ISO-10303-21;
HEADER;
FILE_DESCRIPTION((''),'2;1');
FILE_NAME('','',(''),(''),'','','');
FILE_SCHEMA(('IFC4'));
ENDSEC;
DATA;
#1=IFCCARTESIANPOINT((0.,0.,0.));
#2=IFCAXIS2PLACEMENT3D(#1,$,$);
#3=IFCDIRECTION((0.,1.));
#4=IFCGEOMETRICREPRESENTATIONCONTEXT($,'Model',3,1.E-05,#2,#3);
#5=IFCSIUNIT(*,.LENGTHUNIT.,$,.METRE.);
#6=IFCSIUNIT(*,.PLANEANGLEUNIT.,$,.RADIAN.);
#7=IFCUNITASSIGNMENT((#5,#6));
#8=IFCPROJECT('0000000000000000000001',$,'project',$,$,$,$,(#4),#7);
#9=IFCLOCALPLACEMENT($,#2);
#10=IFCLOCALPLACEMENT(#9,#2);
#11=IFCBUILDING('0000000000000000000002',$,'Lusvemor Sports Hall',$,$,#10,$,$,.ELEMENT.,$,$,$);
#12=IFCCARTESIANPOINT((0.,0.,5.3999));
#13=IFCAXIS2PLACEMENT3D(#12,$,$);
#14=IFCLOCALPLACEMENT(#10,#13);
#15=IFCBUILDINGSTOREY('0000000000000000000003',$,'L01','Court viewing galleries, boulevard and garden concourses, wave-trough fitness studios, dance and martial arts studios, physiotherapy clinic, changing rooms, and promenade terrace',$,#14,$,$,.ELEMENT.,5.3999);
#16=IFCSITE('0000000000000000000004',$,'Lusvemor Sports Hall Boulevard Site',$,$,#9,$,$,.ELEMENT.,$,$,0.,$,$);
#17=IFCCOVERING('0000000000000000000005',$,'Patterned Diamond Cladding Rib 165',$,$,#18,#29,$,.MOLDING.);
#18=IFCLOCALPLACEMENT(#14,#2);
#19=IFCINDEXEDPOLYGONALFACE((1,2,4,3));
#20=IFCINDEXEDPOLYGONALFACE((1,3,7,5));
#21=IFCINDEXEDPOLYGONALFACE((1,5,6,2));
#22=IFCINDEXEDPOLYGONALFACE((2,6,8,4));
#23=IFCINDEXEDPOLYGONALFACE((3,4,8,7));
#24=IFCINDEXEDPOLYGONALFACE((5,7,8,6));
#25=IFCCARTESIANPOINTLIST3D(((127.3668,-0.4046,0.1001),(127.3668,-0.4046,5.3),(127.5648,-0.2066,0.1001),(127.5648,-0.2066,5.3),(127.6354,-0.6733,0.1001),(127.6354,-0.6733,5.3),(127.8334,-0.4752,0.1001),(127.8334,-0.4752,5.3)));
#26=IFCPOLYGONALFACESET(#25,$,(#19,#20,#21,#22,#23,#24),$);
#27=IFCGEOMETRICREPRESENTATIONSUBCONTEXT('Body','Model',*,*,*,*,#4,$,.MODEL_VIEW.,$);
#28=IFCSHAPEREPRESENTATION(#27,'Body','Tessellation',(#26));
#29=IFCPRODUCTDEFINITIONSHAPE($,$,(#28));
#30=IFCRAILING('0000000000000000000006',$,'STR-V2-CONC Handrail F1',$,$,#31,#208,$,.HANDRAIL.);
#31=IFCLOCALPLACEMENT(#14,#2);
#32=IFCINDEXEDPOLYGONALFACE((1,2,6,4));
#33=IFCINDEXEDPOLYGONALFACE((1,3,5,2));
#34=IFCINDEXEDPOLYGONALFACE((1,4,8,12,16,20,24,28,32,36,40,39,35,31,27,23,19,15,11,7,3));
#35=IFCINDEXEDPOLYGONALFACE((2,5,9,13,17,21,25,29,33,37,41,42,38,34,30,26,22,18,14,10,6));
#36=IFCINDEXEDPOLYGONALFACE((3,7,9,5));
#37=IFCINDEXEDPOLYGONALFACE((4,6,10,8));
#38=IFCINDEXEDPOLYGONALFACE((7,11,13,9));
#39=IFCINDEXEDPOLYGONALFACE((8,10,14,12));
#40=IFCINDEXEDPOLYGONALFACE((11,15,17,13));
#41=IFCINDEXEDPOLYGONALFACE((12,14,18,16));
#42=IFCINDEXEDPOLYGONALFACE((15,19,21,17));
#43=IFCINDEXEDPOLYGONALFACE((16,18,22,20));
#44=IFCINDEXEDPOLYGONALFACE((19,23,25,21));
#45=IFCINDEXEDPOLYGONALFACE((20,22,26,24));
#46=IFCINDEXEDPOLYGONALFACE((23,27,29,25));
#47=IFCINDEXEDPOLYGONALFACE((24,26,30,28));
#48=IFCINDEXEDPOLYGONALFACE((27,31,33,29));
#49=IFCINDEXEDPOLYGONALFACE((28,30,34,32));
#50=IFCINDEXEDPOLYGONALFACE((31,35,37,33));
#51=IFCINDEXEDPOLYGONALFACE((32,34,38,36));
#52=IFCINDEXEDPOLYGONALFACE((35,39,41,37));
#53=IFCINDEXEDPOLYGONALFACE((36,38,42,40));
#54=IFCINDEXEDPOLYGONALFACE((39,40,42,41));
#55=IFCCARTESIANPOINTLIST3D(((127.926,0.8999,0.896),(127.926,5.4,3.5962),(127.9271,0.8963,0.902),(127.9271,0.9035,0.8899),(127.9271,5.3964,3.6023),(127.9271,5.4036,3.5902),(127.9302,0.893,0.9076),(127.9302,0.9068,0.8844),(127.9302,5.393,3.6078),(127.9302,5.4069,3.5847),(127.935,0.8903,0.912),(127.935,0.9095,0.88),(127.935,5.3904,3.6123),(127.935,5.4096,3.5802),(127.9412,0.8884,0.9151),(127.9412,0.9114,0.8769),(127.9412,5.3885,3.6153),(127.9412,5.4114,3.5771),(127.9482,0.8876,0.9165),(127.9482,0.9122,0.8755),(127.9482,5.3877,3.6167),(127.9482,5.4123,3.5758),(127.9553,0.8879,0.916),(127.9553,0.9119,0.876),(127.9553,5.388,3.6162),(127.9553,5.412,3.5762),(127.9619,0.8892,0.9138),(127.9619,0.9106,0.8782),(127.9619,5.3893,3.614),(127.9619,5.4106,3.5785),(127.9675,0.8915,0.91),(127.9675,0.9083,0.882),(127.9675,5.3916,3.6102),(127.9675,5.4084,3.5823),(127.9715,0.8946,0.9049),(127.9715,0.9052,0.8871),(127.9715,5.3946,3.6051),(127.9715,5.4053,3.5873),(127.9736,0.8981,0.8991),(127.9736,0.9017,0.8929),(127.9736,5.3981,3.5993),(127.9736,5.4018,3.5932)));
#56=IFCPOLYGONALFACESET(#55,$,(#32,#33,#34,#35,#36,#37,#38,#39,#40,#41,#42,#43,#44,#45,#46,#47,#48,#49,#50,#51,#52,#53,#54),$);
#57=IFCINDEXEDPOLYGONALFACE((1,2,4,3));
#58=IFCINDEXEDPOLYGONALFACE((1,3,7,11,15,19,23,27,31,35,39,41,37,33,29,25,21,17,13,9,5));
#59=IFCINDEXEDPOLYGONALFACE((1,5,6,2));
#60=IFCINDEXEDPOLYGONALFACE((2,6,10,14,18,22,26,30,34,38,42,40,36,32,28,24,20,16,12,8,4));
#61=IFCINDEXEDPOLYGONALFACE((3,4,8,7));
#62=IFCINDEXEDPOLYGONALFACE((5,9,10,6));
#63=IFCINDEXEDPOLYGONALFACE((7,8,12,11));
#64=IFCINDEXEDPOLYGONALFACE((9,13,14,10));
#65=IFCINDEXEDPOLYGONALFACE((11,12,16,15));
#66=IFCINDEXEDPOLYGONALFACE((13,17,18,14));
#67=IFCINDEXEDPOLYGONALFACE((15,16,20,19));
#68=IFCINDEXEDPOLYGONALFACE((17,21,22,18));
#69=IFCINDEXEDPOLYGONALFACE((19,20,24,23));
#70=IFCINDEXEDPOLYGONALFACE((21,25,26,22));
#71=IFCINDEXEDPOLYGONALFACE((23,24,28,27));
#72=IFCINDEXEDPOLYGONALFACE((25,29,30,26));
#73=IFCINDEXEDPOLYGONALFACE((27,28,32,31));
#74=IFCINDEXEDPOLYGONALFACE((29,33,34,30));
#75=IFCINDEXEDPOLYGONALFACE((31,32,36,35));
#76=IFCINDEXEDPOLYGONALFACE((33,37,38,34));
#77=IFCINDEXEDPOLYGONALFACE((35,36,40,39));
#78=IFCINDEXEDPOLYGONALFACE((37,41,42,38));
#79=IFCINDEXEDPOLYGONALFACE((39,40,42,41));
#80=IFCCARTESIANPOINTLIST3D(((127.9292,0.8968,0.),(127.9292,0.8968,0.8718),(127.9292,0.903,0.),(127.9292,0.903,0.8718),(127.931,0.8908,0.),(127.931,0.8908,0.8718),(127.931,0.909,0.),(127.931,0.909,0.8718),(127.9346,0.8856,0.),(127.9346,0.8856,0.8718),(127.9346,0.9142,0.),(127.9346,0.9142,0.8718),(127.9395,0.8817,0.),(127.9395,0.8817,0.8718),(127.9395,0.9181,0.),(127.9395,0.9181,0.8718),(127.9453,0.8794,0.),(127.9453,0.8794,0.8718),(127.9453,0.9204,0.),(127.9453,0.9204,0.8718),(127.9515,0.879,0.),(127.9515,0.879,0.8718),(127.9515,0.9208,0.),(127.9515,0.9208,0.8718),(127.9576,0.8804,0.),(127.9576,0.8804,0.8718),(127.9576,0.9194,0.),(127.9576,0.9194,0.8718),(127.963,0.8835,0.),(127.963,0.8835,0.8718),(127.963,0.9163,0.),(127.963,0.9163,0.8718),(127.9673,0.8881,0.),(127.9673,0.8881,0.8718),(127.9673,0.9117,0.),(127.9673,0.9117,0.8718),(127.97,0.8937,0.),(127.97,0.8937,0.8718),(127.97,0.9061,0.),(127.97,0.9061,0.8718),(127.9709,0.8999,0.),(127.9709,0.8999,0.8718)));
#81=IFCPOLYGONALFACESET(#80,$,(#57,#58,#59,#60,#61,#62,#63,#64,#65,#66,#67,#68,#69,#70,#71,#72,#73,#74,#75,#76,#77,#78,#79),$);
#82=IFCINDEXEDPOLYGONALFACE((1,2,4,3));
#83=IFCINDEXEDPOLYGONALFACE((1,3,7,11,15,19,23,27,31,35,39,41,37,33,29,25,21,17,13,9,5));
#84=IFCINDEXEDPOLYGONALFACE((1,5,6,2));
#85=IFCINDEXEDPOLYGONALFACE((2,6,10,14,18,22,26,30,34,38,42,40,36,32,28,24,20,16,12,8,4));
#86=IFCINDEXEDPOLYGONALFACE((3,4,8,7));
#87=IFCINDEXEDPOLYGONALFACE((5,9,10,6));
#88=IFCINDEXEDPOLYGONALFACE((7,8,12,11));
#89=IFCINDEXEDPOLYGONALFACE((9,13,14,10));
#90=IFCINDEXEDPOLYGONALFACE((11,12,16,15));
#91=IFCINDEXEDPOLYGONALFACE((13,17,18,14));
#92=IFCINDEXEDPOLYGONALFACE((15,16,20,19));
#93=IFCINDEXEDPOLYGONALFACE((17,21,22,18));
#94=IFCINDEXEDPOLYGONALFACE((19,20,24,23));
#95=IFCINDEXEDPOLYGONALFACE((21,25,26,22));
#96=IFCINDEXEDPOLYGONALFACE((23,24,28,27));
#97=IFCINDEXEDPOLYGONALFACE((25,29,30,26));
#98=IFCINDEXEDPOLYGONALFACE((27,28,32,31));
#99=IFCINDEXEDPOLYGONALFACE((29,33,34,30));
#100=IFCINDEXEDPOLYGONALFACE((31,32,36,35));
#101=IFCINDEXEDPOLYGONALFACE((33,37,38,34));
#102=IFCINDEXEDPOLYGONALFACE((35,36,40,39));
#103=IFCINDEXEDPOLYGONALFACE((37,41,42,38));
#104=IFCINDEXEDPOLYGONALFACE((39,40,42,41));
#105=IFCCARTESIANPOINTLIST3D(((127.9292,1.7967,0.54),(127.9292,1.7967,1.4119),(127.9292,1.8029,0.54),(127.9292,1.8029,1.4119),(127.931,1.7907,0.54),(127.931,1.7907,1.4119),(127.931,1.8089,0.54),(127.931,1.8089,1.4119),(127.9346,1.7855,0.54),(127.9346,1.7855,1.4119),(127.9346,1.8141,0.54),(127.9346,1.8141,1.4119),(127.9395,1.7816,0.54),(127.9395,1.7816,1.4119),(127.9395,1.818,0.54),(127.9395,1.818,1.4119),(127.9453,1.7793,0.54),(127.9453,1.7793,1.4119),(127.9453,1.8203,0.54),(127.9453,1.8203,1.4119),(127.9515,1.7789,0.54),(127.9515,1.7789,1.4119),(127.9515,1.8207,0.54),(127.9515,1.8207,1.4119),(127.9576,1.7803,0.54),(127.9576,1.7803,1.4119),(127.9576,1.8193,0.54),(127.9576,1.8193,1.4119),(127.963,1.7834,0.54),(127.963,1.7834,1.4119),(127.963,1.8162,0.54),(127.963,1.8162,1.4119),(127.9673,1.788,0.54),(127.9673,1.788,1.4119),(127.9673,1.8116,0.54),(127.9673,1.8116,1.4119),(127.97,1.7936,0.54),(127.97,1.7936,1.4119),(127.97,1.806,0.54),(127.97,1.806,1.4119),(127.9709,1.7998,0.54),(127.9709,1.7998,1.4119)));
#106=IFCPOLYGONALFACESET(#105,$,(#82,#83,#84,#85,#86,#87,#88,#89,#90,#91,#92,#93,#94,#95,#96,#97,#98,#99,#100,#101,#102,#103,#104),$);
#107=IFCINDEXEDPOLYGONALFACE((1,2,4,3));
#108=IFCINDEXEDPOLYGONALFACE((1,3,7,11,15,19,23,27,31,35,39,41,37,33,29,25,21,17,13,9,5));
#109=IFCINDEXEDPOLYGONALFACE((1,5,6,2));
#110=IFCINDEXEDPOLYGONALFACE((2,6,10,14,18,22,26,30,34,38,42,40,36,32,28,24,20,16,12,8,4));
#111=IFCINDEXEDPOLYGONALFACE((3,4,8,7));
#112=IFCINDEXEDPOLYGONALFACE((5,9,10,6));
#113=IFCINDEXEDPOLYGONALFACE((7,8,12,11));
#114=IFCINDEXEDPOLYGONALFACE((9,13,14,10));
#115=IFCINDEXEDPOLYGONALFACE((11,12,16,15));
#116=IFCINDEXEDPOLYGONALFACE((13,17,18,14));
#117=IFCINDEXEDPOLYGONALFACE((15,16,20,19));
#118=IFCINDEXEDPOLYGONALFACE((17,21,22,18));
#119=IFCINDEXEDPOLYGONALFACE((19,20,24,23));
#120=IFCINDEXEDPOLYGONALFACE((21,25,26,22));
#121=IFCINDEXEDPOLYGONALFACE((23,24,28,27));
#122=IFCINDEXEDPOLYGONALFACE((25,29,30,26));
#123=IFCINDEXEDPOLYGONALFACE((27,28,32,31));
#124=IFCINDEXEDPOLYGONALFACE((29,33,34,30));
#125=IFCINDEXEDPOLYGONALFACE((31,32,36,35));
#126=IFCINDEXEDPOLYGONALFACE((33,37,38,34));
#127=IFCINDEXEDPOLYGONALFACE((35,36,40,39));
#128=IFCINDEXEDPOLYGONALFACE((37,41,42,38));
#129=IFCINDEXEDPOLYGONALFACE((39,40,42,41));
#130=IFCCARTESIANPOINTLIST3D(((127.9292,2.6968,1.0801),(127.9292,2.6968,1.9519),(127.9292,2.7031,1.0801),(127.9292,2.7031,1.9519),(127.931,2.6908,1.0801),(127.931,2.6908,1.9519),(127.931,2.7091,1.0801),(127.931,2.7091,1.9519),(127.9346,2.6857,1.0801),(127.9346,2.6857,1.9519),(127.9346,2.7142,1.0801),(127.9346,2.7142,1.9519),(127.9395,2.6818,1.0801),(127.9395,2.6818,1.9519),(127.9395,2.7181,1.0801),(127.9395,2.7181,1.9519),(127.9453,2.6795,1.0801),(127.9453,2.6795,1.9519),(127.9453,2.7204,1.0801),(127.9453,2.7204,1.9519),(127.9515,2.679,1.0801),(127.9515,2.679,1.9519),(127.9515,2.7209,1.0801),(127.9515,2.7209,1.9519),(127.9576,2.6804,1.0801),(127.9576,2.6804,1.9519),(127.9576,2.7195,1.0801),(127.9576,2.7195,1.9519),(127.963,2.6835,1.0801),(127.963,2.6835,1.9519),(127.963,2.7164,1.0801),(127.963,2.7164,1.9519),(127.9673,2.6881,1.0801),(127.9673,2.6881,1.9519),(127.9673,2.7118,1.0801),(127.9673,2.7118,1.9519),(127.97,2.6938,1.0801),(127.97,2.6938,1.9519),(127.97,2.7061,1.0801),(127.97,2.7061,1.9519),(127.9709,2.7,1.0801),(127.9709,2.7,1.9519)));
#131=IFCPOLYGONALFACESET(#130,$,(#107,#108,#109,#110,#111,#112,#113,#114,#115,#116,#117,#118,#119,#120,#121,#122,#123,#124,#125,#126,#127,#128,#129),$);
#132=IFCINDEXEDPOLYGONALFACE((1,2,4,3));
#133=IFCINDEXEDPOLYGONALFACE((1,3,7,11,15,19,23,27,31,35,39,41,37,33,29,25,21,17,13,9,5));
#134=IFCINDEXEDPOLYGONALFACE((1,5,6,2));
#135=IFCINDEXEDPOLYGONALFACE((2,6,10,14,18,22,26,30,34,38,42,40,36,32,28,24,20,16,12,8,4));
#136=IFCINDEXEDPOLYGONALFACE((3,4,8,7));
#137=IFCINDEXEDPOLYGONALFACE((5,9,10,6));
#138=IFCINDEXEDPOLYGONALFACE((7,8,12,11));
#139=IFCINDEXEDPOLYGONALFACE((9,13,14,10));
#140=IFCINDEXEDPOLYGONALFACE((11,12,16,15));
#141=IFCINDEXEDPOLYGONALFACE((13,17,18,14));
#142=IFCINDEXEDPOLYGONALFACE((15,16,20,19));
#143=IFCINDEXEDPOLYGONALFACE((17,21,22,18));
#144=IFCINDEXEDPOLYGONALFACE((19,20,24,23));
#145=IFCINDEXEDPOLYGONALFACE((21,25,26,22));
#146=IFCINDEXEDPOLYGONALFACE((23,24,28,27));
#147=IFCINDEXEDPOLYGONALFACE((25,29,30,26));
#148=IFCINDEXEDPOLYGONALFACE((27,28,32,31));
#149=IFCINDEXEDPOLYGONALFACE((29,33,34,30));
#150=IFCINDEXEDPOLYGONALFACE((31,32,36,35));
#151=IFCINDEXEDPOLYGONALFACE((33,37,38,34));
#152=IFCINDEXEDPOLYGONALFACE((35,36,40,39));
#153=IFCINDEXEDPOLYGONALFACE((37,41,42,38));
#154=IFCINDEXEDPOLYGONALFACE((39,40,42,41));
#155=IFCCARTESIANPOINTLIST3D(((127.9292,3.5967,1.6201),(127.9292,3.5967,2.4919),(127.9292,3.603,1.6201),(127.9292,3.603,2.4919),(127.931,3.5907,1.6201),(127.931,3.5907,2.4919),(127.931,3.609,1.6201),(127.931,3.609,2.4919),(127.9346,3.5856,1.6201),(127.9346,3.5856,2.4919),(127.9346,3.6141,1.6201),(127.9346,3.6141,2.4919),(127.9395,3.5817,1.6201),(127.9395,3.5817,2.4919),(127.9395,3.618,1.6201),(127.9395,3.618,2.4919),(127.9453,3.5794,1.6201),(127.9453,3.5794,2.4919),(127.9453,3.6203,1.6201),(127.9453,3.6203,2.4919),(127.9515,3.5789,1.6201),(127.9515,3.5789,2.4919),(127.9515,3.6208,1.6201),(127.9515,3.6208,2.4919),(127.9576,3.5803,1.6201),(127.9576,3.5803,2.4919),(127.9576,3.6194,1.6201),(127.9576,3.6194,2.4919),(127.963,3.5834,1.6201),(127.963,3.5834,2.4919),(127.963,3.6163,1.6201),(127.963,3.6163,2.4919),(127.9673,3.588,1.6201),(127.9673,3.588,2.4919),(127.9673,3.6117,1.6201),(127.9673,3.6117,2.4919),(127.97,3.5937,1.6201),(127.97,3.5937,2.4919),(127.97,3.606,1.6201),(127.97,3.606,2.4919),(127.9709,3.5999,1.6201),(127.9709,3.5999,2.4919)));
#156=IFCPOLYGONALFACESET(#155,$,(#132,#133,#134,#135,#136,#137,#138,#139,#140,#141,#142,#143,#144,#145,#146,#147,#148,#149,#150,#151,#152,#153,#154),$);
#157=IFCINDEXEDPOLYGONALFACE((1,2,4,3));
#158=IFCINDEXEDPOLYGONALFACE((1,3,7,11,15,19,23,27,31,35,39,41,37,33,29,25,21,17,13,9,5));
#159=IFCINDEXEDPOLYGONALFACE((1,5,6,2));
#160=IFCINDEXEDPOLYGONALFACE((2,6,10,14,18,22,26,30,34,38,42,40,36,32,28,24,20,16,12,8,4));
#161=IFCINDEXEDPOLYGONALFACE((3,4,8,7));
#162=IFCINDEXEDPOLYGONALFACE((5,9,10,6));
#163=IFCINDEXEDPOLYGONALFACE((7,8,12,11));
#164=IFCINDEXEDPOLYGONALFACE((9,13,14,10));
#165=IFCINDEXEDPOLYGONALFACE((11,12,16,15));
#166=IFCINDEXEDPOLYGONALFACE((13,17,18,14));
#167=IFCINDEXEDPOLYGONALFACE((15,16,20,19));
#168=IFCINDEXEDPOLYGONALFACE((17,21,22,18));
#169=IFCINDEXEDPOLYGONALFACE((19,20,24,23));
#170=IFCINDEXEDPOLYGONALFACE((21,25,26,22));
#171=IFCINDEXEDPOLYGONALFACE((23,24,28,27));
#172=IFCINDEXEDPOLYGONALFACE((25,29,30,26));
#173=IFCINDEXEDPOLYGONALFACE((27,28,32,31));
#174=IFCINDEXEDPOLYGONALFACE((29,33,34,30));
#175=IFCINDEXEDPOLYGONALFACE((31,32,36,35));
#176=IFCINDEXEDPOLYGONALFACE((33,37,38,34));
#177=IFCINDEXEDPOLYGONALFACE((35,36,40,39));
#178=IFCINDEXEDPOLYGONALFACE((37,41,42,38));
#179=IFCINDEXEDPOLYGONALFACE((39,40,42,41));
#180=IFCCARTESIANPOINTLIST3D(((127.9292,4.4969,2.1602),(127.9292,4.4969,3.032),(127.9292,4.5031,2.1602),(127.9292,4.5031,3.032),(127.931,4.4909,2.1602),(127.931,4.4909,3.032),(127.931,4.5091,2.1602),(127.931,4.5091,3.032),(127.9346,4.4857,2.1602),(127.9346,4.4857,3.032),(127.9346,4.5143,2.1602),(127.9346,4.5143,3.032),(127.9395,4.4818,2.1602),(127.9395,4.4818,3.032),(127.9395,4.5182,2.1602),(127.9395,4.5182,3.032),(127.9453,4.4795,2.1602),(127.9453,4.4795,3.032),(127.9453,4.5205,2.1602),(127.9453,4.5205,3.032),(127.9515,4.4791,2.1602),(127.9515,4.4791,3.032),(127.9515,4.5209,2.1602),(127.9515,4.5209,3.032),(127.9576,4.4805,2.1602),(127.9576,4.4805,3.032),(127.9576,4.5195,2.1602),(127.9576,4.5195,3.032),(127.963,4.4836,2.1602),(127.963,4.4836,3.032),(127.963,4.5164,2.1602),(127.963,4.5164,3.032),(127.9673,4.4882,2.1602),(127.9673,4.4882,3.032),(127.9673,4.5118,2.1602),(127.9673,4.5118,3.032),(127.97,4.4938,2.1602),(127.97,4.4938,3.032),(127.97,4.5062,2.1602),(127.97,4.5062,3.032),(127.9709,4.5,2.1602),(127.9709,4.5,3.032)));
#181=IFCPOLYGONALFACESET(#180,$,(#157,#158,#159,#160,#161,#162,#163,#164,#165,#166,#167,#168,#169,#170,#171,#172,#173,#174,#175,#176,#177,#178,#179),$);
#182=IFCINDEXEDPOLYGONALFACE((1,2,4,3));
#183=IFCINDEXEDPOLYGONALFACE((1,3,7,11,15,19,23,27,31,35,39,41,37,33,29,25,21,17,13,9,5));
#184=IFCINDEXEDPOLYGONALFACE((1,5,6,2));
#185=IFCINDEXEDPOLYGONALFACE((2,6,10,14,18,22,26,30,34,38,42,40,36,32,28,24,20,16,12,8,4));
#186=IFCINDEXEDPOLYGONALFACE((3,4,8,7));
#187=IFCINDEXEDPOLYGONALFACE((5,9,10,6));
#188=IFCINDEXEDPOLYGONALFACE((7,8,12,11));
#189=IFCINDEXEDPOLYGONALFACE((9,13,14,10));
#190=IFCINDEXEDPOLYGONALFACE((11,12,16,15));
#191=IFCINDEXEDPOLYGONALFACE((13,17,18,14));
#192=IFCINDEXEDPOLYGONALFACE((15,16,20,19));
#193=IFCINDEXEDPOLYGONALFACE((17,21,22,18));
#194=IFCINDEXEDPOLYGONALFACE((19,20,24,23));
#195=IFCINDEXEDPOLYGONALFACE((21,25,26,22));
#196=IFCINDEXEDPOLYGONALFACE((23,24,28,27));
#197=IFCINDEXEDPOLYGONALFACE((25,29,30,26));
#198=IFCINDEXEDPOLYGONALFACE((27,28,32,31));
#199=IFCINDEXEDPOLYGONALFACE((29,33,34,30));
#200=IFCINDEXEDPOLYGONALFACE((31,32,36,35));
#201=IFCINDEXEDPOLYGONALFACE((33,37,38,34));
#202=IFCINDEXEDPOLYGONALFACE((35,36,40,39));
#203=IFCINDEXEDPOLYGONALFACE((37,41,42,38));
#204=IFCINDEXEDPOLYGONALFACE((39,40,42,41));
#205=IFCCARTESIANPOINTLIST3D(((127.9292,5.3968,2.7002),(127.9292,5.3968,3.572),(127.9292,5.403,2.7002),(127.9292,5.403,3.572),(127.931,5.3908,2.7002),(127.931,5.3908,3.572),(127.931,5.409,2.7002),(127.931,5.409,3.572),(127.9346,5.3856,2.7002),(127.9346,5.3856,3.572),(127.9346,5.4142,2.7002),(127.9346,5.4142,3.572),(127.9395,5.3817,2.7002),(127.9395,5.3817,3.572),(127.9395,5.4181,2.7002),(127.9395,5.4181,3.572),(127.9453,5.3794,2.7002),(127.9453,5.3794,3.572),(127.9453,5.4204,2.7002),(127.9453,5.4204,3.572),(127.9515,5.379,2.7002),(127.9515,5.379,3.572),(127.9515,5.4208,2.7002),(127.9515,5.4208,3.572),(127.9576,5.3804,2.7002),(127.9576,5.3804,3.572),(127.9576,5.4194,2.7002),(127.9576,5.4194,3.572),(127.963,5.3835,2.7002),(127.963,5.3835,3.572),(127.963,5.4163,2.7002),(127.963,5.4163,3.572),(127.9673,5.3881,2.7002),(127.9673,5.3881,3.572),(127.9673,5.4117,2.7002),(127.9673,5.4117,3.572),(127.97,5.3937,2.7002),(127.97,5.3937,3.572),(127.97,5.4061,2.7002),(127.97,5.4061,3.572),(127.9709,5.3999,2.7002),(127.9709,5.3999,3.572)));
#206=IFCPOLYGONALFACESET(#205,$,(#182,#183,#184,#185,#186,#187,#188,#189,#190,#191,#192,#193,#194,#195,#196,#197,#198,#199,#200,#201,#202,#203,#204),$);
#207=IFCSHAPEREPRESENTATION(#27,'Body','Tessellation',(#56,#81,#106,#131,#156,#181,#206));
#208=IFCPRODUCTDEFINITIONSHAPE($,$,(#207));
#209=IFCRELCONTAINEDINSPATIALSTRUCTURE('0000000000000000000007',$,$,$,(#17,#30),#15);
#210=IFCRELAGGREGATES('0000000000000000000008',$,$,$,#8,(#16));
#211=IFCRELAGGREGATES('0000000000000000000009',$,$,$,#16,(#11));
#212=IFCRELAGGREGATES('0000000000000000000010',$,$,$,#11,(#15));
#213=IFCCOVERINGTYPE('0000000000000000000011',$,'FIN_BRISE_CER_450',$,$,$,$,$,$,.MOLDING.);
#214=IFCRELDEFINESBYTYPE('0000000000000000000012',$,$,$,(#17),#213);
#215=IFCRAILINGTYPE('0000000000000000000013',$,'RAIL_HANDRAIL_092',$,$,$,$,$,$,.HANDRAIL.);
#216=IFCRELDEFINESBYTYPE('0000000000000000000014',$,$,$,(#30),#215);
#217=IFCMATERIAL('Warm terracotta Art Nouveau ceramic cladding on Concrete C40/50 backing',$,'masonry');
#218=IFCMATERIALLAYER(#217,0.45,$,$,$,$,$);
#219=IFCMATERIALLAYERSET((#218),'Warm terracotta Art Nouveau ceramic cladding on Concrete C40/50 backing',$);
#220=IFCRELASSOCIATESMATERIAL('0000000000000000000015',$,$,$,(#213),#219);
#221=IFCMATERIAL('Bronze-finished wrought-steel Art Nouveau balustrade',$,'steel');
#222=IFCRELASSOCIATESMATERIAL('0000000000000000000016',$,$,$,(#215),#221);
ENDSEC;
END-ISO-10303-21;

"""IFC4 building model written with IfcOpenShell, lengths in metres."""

from ifc_helpers import new_model, si_unit, direction, frame, origin, origin_2d, place, context, subcontext, project, spatial, rectangle, circle, extrude, material, layer, layer_set, type_object, element, save


model = new_model("IFC4")

# Units and contexts
model_context = context("Model", 3, precision=1e-05, world=origin(), true_north=direction((0.0, 1.0)))
body_context = subcontext(model_context, "Body", "Model", "MODEL_VIEW")
ifc_project = project(units=[si_unit("LENGTHUNIT", "METRE"), si_unit("PLANEANGLEUNIT", "RADIAN")], contexts=[model_context])

# Site, building, storey
site_placement = place(None, origin())
site = spatial("IfcSite", under=ifc_project, at=site_placement, Name="Lusvemor Sports Hall Boulevard Site", CompositionType="ELEMENT", RefElevation=0.0)
building_placement = place(site_placement, origin())
building = spatial("IfcBuilding", under=site, at=building_placement, Name="Lusvemor Sports Hall", CompositionType="ELEMENT")
storey_placement = place(building_placement, frame((0.0, 0.0, 5.3999)))
storey = spatial("IfcBuildingStorey", under=building, at=storey_placement, Name="L01", Description="Court viewing galleries, boulevard and garden concourses, wave-trough fitness studios, dance and martial arts studios, physiotherapy clinic, changing rooms, and promenade terrace", CompositionType="ELEMENT", Elevation=5.3999)

# Covering
ifc_material_1 = material(Name="Warm terracotta Art Nouveau ceramic cladding on Concrete C40/50 backing", Category="masonry")
ifc_layer_1 = layer(ifc_material_1, 0.45)
ifc_layer_set_1 = layer_set([ifc_layer_1], Name="Warm terracotta Art Nouveau ceramic cladding on Concrete C40/50 backing")
covering_type = type_object("IfcCoveringType", Name="FIN_BRISE_CER_450", PredefinedType="MOLDING", material=ifc_layer_set_1)
for number, where, z_axis, x_axis, name in (
    (1, (127.6001, -0.4399, 0.1001), (0.0, 0.0, 1.0), (0.707107, 0.707107, 0.0), "Patterned Diamond Cladding Rib 165"),
):
    element("IfcCovering", number, at=place(storey_placement, frame(where, z_axis=z_axis, x_axis=x_axis)), inside=storey, type_object=covering_type, Name=name, PredefinedType="MOLDING", context=body_context, shape_type="SweptSolid", body=[
        extrude(rectangle(XDim=0.28, YDim=0.3799, at=origin_2d()), origin(), (0.0, 0.0, 1.0), 5.2),
    ])

# Railing
ifc_material_2 = material(Name="Bronze-finished wrought-steel Art Nouveau balustrade", Category="steel")
railing_type_1 = type_object("IfcRailingType", Name="RAIL_HANDRAIL_092", PredefinedType="HANDRAIL", material=ifc_material_2)
railing_1_placement = place(storey_placement, frame((127.95, 0.8999, 0.0)))
element("IfcRailing", 2, at=railing_1_placement, inside=storey, type_object=railing_type_1, Name="STR-V2-CONC Handrail F1", PredefinedType="HANDRAIL", context=body_context, shape_type="SweptSolid", body=[
    extrude(circle(Radius=0.0239, at=origin_2d()), frame((0.0, 0.0, 0.896), z_axis=(0.0, 0.857477, 0.514523), x_axis=(-1.0, 0.0, 0.0)), (0.0, 0.0, 1.0), 5.248),
    extrude(circle(Radius=0.021, at=origin_2d()), origin(), (0.0, 0.0, 1.0), 0.8718),
    extrude(circle(Radius=0.021, at=origin_2d()), frame((0.0, 0.8999, 0.54)), (0.0, 0.0, 1.0), 0.8718),
    extrude(circle(Radius=0.021, at=origin_2d()), frame((0.0, 1.8, 1.0801)), (0.0, 0.0, 1.0), 0.8718),
    extrude(circle(Radius=0.021, at=origin_2d()), frame((0.0, 2.7, 1.6201)), (0.0, 0.0, 1.0), 0.8718),
    extrude(circle(Radius=0.021, at=origin_2d()), frame((0.0, 3.6001, 2.1602)), (0.0, 0.0, 1.0), 0.8718),
    extrude(circle(Radius=0.021, at=origin_2d()), frame((0.0, 4.5, 2.7002)), (0.0, 0.0, 1.0), 0.8718),
])

save(model, "model.ifc")
